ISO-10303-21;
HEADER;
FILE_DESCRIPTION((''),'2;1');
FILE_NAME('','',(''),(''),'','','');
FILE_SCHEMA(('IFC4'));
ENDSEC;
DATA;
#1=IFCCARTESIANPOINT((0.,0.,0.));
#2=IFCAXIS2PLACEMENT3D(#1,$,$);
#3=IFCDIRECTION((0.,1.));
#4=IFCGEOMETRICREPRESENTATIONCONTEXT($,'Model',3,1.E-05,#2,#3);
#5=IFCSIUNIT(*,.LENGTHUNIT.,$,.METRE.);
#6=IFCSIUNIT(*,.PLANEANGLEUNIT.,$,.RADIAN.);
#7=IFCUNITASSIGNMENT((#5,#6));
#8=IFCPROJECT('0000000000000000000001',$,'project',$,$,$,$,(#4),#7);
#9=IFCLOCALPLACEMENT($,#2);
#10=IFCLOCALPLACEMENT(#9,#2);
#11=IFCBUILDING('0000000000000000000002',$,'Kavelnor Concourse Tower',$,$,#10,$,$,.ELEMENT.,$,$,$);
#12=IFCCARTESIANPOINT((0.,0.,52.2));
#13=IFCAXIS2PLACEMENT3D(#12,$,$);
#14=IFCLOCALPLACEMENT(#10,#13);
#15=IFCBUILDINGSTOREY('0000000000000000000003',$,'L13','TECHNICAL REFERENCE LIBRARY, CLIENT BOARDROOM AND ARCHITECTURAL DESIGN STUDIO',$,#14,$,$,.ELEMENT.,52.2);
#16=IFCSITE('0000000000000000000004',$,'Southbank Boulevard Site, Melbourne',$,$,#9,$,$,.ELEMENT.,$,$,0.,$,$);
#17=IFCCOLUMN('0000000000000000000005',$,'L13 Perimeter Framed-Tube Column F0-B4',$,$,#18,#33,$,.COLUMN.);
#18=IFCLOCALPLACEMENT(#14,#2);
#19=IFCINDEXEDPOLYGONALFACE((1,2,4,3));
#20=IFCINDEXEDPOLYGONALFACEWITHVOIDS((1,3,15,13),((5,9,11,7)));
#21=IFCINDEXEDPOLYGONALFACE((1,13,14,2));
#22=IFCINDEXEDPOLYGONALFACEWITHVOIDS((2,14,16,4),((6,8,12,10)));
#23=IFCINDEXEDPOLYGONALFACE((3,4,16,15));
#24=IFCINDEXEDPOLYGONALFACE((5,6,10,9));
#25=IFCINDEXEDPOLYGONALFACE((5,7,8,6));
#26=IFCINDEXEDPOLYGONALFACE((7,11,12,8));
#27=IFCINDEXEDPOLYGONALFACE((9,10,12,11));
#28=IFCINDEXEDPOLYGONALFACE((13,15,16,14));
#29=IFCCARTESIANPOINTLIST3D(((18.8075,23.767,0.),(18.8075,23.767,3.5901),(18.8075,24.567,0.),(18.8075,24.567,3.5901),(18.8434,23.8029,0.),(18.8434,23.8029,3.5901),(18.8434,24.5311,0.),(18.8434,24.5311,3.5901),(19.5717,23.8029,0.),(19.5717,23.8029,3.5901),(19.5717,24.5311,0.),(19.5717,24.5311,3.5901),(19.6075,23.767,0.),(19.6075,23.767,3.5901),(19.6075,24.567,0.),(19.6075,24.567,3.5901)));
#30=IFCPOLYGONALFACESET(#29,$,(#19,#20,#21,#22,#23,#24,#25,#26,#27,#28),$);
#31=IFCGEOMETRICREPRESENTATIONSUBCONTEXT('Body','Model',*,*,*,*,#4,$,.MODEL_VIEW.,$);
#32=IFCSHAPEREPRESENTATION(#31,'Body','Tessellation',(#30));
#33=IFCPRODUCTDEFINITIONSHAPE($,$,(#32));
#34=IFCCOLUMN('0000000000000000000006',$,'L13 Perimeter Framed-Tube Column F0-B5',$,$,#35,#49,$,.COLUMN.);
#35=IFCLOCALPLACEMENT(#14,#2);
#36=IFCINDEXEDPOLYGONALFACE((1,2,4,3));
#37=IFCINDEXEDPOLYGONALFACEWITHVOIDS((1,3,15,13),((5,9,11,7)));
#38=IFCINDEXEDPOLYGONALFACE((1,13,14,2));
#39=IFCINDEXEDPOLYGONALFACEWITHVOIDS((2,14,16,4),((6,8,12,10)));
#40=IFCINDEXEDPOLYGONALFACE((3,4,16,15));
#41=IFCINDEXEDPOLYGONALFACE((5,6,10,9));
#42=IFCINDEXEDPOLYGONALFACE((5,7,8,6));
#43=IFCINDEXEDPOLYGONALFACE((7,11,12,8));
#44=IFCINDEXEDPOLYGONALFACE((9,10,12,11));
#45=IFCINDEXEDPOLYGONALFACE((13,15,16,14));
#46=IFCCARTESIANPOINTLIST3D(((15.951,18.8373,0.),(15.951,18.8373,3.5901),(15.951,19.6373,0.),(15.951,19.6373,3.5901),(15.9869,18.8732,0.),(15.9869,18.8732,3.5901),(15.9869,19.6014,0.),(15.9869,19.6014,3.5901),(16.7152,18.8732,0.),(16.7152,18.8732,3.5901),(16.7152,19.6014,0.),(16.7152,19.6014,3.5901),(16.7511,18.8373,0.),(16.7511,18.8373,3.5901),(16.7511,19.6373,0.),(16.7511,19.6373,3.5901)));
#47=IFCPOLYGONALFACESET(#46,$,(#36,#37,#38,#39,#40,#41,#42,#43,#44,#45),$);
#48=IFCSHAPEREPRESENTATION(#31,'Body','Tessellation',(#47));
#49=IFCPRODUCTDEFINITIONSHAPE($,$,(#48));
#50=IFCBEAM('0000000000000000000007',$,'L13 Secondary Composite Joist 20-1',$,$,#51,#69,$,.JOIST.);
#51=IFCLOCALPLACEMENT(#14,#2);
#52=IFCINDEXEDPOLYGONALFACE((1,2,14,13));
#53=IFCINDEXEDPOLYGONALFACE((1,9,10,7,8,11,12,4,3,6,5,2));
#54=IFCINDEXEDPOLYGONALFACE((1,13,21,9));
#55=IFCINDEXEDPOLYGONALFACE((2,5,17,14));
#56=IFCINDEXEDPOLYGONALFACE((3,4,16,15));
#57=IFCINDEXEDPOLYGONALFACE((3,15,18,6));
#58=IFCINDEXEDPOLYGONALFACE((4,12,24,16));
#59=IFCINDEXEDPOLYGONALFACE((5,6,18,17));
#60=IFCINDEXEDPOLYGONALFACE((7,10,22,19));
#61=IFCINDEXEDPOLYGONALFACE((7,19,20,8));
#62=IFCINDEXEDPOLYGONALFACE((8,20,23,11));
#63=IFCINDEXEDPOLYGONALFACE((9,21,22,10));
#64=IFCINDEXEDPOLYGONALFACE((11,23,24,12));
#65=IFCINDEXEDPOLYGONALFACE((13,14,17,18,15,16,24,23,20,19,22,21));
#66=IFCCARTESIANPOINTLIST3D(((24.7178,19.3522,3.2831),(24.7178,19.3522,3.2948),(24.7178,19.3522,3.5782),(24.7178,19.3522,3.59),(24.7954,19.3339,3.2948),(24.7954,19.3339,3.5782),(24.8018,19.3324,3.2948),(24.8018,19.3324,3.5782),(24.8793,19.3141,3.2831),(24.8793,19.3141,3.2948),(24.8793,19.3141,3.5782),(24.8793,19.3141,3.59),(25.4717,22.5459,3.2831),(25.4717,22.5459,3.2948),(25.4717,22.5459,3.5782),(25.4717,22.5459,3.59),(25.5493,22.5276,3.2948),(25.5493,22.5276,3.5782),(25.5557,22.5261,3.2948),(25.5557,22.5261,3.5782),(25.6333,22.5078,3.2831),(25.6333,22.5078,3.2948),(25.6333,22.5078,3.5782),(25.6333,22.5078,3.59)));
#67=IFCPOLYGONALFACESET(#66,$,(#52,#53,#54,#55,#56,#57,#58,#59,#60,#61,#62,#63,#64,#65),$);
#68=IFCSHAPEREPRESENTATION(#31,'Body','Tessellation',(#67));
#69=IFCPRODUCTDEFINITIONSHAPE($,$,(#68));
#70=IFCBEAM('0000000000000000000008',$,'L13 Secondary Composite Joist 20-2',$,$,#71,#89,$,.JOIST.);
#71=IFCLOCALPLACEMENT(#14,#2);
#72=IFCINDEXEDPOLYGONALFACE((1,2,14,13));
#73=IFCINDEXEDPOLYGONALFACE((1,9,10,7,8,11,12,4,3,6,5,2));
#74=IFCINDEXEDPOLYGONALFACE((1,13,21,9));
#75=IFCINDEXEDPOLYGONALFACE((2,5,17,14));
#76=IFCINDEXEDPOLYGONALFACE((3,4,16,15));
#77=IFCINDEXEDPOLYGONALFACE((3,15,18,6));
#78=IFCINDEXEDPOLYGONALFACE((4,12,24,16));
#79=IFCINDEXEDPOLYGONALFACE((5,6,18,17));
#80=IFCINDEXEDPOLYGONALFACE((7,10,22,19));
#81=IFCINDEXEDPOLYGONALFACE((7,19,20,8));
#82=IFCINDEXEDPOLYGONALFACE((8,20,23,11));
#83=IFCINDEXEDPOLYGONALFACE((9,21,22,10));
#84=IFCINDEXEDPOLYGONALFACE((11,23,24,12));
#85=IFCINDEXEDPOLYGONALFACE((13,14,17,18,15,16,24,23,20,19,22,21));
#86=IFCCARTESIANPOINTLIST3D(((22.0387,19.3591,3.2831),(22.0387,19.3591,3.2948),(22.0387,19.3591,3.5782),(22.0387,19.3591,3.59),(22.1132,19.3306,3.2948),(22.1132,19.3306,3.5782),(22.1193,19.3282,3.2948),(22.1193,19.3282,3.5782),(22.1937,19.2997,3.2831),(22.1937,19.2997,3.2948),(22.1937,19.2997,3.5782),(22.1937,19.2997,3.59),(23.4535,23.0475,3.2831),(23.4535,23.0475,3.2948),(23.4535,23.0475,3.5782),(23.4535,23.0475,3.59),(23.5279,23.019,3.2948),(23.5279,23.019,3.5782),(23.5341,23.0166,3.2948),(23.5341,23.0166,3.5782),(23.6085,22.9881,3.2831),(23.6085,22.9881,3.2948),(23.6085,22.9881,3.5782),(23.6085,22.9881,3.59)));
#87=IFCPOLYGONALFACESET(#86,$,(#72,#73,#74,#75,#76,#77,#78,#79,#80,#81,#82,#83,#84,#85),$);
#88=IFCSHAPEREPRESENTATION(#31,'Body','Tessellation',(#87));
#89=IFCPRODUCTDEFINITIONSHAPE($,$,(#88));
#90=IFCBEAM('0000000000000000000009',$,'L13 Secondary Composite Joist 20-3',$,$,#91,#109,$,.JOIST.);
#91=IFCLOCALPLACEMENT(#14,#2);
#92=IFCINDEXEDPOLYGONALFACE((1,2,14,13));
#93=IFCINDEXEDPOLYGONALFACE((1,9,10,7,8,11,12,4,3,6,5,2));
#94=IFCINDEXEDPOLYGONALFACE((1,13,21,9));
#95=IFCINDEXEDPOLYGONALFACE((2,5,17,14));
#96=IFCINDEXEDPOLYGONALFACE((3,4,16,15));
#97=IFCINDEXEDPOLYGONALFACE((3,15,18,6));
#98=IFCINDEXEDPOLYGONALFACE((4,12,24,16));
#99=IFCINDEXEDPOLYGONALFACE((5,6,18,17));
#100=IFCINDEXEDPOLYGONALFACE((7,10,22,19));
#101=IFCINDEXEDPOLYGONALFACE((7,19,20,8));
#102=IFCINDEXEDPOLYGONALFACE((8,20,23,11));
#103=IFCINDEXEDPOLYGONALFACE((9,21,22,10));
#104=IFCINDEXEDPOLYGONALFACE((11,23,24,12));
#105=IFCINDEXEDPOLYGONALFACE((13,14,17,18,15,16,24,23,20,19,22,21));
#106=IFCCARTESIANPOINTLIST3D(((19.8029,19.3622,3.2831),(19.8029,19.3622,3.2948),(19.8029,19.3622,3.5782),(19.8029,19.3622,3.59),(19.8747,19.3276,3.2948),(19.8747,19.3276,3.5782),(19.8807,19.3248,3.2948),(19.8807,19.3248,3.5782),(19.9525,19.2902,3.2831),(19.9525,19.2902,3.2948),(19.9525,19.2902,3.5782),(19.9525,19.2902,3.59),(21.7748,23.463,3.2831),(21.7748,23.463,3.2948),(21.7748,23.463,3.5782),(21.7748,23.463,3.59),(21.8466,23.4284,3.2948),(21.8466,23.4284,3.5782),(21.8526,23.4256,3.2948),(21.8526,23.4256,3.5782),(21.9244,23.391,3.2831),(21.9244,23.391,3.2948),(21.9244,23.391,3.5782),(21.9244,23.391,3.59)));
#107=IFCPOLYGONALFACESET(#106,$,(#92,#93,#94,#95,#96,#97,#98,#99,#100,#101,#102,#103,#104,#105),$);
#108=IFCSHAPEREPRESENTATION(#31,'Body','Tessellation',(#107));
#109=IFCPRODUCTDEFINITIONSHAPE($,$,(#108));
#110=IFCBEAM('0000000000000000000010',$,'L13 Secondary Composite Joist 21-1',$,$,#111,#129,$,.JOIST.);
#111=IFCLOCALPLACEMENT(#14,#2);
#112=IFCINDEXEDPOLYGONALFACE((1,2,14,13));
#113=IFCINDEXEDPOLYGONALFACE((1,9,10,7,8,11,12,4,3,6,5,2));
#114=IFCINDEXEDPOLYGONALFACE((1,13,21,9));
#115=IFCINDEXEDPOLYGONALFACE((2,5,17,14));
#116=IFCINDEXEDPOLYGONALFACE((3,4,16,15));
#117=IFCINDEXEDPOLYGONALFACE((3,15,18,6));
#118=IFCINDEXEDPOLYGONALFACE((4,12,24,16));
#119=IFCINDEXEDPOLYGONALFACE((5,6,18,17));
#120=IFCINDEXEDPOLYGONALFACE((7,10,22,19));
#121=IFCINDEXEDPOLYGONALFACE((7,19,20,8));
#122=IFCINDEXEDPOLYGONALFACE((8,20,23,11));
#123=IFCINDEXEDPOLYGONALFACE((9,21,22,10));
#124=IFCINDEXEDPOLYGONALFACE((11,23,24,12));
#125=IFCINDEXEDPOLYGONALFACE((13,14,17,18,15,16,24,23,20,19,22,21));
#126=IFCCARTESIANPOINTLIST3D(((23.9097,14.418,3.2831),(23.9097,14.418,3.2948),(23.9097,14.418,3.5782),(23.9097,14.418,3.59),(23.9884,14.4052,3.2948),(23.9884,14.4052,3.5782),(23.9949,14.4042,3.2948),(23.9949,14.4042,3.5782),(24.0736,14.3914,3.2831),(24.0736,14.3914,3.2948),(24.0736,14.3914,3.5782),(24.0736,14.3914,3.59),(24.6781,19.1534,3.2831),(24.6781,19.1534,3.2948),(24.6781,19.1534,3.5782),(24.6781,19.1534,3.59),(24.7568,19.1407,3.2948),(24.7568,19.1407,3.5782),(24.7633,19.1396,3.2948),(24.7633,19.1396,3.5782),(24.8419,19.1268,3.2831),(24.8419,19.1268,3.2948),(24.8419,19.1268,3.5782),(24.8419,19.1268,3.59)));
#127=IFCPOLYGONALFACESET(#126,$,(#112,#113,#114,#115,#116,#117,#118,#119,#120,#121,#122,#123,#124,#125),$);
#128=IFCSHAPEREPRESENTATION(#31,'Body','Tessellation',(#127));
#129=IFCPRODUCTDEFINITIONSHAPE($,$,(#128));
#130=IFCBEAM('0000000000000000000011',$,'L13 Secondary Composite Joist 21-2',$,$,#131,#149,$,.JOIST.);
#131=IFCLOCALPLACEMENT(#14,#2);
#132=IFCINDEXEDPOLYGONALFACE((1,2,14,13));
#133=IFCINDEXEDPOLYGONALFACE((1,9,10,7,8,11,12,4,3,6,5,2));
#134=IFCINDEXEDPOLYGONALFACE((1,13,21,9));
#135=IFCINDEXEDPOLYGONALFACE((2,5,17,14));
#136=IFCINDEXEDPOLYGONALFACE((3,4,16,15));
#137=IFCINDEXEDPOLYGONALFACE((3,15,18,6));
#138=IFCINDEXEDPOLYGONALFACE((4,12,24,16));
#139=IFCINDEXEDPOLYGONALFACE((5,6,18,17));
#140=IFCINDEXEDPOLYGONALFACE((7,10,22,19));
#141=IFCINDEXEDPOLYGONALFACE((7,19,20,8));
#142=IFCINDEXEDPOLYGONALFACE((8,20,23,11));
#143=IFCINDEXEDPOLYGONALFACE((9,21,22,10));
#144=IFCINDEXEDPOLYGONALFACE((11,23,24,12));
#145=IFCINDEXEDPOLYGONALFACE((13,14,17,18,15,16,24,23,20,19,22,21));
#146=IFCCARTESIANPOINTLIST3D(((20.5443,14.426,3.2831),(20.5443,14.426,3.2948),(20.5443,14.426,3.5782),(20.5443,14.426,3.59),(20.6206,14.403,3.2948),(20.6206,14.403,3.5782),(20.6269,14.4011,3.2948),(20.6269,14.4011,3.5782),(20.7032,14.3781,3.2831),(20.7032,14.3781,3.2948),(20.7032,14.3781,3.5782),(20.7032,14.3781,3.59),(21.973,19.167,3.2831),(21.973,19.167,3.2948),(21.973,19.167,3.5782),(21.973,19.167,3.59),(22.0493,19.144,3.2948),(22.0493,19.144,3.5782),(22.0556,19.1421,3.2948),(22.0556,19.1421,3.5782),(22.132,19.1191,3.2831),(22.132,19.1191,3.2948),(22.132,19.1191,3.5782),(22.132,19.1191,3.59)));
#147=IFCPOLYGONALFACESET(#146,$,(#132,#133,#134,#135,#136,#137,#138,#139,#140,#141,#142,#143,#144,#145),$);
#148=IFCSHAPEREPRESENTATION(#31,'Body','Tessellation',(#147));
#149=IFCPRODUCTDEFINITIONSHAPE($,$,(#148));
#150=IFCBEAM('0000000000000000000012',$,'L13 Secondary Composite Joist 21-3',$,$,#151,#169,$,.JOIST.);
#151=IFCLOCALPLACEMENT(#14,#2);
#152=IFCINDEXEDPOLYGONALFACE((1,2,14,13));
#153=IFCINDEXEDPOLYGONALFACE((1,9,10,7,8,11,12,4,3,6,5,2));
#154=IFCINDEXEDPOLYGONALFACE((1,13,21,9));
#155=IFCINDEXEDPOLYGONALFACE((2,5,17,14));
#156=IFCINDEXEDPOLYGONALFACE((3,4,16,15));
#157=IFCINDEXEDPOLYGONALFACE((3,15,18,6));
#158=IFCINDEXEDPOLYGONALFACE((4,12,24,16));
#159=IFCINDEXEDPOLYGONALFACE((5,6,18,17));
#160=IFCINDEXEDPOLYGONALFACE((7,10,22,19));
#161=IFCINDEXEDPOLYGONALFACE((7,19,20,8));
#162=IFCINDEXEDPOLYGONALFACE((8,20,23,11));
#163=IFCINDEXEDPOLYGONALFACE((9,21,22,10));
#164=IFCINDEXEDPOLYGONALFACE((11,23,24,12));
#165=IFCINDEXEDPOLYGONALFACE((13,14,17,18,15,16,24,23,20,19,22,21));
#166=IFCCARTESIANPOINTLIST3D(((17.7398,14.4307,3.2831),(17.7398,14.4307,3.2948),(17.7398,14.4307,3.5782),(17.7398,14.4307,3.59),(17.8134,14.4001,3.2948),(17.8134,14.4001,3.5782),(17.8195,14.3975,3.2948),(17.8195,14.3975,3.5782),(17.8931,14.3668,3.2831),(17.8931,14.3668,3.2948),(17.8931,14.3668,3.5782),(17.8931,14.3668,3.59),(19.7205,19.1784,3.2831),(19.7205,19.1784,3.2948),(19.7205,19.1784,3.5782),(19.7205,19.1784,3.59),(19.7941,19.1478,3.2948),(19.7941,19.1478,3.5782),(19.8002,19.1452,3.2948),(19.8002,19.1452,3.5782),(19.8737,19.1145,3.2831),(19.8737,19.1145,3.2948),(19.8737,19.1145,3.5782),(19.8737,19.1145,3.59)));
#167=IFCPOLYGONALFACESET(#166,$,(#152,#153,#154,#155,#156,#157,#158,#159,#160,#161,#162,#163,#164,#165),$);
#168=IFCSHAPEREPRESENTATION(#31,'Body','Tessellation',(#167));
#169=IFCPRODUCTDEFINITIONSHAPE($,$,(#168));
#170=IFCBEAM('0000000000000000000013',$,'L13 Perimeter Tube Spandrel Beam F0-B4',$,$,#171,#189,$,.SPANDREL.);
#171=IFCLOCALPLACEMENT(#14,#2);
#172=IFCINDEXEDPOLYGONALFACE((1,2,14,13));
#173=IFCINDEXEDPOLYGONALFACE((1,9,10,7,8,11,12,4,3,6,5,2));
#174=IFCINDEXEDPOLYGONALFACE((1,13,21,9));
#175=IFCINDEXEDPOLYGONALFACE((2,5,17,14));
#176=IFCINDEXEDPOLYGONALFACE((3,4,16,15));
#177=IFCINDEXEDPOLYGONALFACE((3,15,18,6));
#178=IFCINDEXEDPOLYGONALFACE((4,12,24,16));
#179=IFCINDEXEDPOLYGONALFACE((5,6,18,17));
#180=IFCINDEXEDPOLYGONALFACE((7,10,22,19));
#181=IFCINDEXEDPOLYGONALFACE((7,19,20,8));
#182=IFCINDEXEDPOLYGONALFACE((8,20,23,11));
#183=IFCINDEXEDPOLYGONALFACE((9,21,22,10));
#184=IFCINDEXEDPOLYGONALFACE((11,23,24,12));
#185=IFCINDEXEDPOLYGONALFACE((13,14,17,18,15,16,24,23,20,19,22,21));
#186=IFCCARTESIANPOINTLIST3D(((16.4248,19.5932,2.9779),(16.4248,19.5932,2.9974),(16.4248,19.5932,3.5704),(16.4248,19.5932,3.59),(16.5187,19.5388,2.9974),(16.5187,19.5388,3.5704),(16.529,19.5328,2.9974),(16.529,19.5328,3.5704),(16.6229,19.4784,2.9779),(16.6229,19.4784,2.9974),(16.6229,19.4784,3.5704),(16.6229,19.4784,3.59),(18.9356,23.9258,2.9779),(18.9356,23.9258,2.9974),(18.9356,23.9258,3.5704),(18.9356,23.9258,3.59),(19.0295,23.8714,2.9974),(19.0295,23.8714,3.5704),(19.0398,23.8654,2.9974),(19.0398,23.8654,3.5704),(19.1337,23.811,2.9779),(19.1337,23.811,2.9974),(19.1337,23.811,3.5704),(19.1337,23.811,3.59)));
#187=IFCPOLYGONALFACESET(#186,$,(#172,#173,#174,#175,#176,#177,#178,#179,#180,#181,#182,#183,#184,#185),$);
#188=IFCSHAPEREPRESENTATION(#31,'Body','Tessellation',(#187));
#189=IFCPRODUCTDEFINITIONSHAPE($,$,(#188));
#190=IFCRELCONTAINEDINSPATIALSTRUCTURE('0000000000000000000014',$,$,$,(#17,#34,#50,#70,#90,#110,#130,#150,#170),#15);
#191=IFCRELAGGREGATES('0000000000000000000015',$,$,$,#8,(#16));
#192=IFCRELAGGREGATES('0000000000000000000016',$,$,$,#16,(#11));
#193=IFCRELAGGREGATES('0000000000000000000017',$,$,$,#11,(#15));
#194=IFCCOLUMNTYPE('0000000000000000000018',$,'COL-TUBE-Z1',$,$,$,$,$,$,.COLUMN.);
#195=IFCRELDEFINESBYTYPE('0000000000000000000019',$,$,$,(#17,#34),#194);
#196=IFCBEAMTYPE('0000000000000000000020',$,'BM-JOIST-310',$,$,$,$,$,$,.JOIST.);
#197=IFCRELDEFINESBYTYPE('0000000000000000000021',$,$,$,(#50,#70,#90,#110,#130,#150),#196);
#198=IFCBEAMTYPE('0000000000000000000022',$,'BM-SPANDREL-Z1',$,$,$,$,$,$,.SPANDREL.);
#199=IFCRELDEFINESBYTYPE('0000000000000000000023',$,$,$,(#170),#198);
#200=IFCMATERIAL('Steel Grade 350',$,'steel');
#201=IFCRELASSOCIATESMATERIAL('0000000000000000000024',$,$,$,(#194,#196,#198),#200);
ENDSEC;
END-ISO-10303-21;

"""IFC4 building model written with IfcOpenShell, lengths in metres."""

from ifc_helpers import new_model, si_unit, direction, frame, origin, origin_2d, place, context, subcontext, project, spatial, hollow_rectangle, i_section, extrude, material, material_profile, profile_set, type_object, element, save


model = new_model("IFC4")

# Units and contexts
model_context = context("Model", 3, precision=1e-05, world=origin(), true_north=direction((0.0, 1.0)))
body_context = subcontext(model_context, "Body", "Model", "MODEL_VIEW")
ifc_project = project(units=[si_unit("LENGTHUNIT", "METRE"), si_unit("PLANEANGLEUNIT", "RADIAN")], contexts=[model_context])

# Site, building, storey
site_placement = place(None, origin())
site = spatial("IfcSite", under=ifc_project, at=site_placement, Name="Southbank Boulevard Site, Melbourne", CompositionType="ELEMENT", RefElevation=0.0)
building_placement = place(site_placement, origin())
building = spatial("IfcBuilding", under=site, at=building_placement, Name="Kavelnor Concourse Tower", CompositionType="ELEMENT")
storey_placement = place(building_placement, frame((0.0, 0.0, 52.2)))
storey = spatial("IfcBuildingStorey", under=building, at=storey_placement, Name="L13", Description="TECHNICAL REFERENCE LIBRARY, CLIENT BOARDROOM AND ARCHITECTURAL DESIGN STUDIO", CompositionType="ELEMENT", Elevation=52.2)

# Columns
ifc_material = material(Name="Steel Grade 350", Category="steel")
ifc_material_profile_1 = material_profile(ifc_material, hollow_rectangle(XDim=0.8, YDim=0.8, WallThickness=0.0359, at=origin_2d()), Name="SHS 800x800x36")
ifc_profile_set_1 = profile_set([ifc_material_profile_1], Name="Steel Grade 350")
column_type = type_object("IfcColumnType", Name="COL-TUBE-Z1", PredefinedType="COLUMN", material=ifc_profile_set_1)
for number, where, z_axis, x_axis, name in (
    (1, (19.2075, 24.167, 0.0), (0.0, 0.0, 1.0), (1.0, 0.0, 0.0), "L13 Perimeter Framed-Tube Column F0-B4"),
    (2, (16.3511, 19.2373, 0.0), (0.0, 0.0, 1.0), (1.0, 0.0, 0.0), "L13 Perimeter Framed-Tube Column F0-B5"),
):
    element("IfcColumn", number, at=place(storey_placement, frame(where, z_axis=z_axis, x_axis=x_axis)), inside=storey, type_object=column_type, Name=name, PredefinedType="COLUMN", context=body_context, shape_type="SweptSolid", body=[
        extrude(hollow_rectangle(XDim=0.8, YDim=0.8, WallThickness=0.0359, at=origin_2d()), origin(), (0.0, 0.0, 1.0), 3.5901),
    ])

# Beams
ifc_material_profile_2 = material_profile(ifc_material, i_section(OverallWidth=0.166, OverallDepth=0.3069, WebThickness=0.0066, FlangeThickness=0.0117, at=origin_2d()), Name="310UB46")
ifc_profile_set_2 = profile_set([ifc_material_profile_2], Name="Steel Grade 350")
beam_type_1 = type_object("IfcBeamType", Name="BM-JOIST-310", PredefinedType="JOIST", material=ifc_profile_set_2)
beam_1_placement = place(storey_placement, frame((25.5525, 22.5269, 3.4365), z_axis=(-0.229753, -0.973249, 0.0), x_axis=(0.973249, -0.229753, 0.0)))
element("IfcBeam", 3, at=beam_1_placement, inside=storey, type_object=beam_type_1, Name="L13 Secondary Composite Joist 20-1", PredefinedType="JOIST", context=body_context, shape_type="SweptSolid", body=[
    extrude(i_section(OverallWidth=0.166, OverallDepth=0.3069, WebThickness=0.0066, FlangeThickness=0.0117, at=origin_2d()), origin(), (0.0, 0.0, 1.0), 3.2815),
])
beam_2_placement = place(storey_placement, frame((23.531, 23.0178, 3.4365), z_axis=(-0.35813, -0.933672, 0.0), x_axis=(0.933672, -0.35813, 0.0)))
element("IfcBeam", 4, at=beam_2_placement, inside=storey, type_object=beam_type_1, Name="L13 Secondary Composite Joist 20-2", PredefinedType="JOIST", context=body_context, shape_type="SweptSolid", body=[
    extrude(i_section(OverallWidth=0.166, OverallDepth=0.3069, WebThickness=0.0066, FlangeThickness=0.0117, at=origin_2d()), origin(), (0.0, 0.0, 1.0), 3.9504),
])
beam_3_placement = place(storey_placement, frame((21.8496, 23.427, 3.4365), z_axis=(-0.433361, -0.901221, 0.0), x_axis=(0.901221, -0.433361, 0.0)))
element("IfcBeam", 5, at=beam_3_placement, inside=storey, type_object=beam_type_1, Name="L13 Secondary Composite Joist 20-3", PredefinedType="JOIST", context=body_context, shape_type="SweptSolid", body=[
    extrude(i_section(OverallWidth=0.166, OverallDepth=0.3069, WebThickness=0.0066, FlangeThickness=0.0117, at=origin_2d()), origin(), (0.0, 0.0, 1.0), 4.5503),
])
beam_4_placement = place(storey_placement, frame((24.76, 19.1401, 3.4365), z_axis=(-0.160156, -0.987092, 0.0), x_axis=(0.987092, -0.160156, 0.0)))
element("IfcBeam", 6, at=beam_4_placement, inside=storey, type_object=beam_type_1, Name="L13 Secondary Composite Joist 21-1", PredefinedType="JOIST", context=body_context, shape_type="SweptSolid", body=[
    extrude(i_section(OverallWidth=0.166, OverallDepth=0.3069, WebThickness=0.0066, FlangeThickness=0.0117, at=origin_2d()), origin(), (0.0, 0.0, 1.0), 4.7974),
])
beam_5_placement = place(storey_placement, frame((22.0525, 19.1431, 3.4365), z_axis=(-0.288537, -0.957469, 0.0), x_axis=(0.957469, -0.288537, 0.0)))
element("IfcBeam", 7, at=beam_5_placement, inside=storey, type_object=beam_type_1, Name="L13 Secondary Composite Joist 21-2", PredefinedType="JOIST", context=body_context, shape_type="SweptSolid", body=[
    extrude(i_section(OverallWidth=0.166, OverallDepth=0.3069, WebThickness=0.0066, FlangeThickness=0.0117, at=origin_2d()), origin(), (0.0, 0.0, 1.0), 4.9517),
])
beam_6_placement = place(storey_placement, frame((19.7971, 19.1465, 3.4365), z_axis=(-0.385023, -0.922907, 0.0), x_axis=(0.922907, -0.385023, 0.0)))
element("IfcBeam", 8, at=beam_6_placement, inside=storey, type_object=beam_type_1, Name="L13 Secondary Composite Joist 21-3", PredefinedType="JOIST", context=body_context, shape_type="SweptSolid", body=[
    extrude(i_section(OverallWidth=0.166, OverallDepth=0.3069, WebThickness=0.0066, FlangeThickness=0.0117, at=origin_2d()), origin(), (0.0, 0.0, 1.0), 5.1443),
])
ifc_material_profile_3 = material_profile(ifc_material, i_section(OverallWidth=0.229, OverallDepth=0.6121, WebThickness=0.012, FlangeThickness=0.0195, at=origin_2d()), Name="610UB125")
ifc_profile_set_3 = profile_set([ifc_material_profile_3], Name="Steel Grade 350")
beam_type_2 = type_object("IfcBeamType", Name="BM-SPANDREL-Z1", PredefinedType="SPANDREL", material=ifc_profile_set_3)
beam_7_placement = place(storey_placement, frame((19.0347, 23.8684, 3.2839), z_axis=(-0.501401, -0.865215, 0.0), x_axis=(0.865215, -0.501401, 0.0)))
element("IfcBeam", 9, at=beam_7_placement, inside=storey, type_object=beam_type_2, Name="L13 Perimeter Tube Spandrel Beam F0-B4", PredefinedType="SPANDREL", context=body_context, shape_type="SweptSolid", body=[
    extrude(i_section(OverallWidth=0.229, OverallDepth=0.6121, WebThickness=0.012, FlangeThickness=0.0195, at=origin_2d()), origin(), (0.0, 0.0, 1.0), 5.0076),
])

save(model, "model.ifc")
